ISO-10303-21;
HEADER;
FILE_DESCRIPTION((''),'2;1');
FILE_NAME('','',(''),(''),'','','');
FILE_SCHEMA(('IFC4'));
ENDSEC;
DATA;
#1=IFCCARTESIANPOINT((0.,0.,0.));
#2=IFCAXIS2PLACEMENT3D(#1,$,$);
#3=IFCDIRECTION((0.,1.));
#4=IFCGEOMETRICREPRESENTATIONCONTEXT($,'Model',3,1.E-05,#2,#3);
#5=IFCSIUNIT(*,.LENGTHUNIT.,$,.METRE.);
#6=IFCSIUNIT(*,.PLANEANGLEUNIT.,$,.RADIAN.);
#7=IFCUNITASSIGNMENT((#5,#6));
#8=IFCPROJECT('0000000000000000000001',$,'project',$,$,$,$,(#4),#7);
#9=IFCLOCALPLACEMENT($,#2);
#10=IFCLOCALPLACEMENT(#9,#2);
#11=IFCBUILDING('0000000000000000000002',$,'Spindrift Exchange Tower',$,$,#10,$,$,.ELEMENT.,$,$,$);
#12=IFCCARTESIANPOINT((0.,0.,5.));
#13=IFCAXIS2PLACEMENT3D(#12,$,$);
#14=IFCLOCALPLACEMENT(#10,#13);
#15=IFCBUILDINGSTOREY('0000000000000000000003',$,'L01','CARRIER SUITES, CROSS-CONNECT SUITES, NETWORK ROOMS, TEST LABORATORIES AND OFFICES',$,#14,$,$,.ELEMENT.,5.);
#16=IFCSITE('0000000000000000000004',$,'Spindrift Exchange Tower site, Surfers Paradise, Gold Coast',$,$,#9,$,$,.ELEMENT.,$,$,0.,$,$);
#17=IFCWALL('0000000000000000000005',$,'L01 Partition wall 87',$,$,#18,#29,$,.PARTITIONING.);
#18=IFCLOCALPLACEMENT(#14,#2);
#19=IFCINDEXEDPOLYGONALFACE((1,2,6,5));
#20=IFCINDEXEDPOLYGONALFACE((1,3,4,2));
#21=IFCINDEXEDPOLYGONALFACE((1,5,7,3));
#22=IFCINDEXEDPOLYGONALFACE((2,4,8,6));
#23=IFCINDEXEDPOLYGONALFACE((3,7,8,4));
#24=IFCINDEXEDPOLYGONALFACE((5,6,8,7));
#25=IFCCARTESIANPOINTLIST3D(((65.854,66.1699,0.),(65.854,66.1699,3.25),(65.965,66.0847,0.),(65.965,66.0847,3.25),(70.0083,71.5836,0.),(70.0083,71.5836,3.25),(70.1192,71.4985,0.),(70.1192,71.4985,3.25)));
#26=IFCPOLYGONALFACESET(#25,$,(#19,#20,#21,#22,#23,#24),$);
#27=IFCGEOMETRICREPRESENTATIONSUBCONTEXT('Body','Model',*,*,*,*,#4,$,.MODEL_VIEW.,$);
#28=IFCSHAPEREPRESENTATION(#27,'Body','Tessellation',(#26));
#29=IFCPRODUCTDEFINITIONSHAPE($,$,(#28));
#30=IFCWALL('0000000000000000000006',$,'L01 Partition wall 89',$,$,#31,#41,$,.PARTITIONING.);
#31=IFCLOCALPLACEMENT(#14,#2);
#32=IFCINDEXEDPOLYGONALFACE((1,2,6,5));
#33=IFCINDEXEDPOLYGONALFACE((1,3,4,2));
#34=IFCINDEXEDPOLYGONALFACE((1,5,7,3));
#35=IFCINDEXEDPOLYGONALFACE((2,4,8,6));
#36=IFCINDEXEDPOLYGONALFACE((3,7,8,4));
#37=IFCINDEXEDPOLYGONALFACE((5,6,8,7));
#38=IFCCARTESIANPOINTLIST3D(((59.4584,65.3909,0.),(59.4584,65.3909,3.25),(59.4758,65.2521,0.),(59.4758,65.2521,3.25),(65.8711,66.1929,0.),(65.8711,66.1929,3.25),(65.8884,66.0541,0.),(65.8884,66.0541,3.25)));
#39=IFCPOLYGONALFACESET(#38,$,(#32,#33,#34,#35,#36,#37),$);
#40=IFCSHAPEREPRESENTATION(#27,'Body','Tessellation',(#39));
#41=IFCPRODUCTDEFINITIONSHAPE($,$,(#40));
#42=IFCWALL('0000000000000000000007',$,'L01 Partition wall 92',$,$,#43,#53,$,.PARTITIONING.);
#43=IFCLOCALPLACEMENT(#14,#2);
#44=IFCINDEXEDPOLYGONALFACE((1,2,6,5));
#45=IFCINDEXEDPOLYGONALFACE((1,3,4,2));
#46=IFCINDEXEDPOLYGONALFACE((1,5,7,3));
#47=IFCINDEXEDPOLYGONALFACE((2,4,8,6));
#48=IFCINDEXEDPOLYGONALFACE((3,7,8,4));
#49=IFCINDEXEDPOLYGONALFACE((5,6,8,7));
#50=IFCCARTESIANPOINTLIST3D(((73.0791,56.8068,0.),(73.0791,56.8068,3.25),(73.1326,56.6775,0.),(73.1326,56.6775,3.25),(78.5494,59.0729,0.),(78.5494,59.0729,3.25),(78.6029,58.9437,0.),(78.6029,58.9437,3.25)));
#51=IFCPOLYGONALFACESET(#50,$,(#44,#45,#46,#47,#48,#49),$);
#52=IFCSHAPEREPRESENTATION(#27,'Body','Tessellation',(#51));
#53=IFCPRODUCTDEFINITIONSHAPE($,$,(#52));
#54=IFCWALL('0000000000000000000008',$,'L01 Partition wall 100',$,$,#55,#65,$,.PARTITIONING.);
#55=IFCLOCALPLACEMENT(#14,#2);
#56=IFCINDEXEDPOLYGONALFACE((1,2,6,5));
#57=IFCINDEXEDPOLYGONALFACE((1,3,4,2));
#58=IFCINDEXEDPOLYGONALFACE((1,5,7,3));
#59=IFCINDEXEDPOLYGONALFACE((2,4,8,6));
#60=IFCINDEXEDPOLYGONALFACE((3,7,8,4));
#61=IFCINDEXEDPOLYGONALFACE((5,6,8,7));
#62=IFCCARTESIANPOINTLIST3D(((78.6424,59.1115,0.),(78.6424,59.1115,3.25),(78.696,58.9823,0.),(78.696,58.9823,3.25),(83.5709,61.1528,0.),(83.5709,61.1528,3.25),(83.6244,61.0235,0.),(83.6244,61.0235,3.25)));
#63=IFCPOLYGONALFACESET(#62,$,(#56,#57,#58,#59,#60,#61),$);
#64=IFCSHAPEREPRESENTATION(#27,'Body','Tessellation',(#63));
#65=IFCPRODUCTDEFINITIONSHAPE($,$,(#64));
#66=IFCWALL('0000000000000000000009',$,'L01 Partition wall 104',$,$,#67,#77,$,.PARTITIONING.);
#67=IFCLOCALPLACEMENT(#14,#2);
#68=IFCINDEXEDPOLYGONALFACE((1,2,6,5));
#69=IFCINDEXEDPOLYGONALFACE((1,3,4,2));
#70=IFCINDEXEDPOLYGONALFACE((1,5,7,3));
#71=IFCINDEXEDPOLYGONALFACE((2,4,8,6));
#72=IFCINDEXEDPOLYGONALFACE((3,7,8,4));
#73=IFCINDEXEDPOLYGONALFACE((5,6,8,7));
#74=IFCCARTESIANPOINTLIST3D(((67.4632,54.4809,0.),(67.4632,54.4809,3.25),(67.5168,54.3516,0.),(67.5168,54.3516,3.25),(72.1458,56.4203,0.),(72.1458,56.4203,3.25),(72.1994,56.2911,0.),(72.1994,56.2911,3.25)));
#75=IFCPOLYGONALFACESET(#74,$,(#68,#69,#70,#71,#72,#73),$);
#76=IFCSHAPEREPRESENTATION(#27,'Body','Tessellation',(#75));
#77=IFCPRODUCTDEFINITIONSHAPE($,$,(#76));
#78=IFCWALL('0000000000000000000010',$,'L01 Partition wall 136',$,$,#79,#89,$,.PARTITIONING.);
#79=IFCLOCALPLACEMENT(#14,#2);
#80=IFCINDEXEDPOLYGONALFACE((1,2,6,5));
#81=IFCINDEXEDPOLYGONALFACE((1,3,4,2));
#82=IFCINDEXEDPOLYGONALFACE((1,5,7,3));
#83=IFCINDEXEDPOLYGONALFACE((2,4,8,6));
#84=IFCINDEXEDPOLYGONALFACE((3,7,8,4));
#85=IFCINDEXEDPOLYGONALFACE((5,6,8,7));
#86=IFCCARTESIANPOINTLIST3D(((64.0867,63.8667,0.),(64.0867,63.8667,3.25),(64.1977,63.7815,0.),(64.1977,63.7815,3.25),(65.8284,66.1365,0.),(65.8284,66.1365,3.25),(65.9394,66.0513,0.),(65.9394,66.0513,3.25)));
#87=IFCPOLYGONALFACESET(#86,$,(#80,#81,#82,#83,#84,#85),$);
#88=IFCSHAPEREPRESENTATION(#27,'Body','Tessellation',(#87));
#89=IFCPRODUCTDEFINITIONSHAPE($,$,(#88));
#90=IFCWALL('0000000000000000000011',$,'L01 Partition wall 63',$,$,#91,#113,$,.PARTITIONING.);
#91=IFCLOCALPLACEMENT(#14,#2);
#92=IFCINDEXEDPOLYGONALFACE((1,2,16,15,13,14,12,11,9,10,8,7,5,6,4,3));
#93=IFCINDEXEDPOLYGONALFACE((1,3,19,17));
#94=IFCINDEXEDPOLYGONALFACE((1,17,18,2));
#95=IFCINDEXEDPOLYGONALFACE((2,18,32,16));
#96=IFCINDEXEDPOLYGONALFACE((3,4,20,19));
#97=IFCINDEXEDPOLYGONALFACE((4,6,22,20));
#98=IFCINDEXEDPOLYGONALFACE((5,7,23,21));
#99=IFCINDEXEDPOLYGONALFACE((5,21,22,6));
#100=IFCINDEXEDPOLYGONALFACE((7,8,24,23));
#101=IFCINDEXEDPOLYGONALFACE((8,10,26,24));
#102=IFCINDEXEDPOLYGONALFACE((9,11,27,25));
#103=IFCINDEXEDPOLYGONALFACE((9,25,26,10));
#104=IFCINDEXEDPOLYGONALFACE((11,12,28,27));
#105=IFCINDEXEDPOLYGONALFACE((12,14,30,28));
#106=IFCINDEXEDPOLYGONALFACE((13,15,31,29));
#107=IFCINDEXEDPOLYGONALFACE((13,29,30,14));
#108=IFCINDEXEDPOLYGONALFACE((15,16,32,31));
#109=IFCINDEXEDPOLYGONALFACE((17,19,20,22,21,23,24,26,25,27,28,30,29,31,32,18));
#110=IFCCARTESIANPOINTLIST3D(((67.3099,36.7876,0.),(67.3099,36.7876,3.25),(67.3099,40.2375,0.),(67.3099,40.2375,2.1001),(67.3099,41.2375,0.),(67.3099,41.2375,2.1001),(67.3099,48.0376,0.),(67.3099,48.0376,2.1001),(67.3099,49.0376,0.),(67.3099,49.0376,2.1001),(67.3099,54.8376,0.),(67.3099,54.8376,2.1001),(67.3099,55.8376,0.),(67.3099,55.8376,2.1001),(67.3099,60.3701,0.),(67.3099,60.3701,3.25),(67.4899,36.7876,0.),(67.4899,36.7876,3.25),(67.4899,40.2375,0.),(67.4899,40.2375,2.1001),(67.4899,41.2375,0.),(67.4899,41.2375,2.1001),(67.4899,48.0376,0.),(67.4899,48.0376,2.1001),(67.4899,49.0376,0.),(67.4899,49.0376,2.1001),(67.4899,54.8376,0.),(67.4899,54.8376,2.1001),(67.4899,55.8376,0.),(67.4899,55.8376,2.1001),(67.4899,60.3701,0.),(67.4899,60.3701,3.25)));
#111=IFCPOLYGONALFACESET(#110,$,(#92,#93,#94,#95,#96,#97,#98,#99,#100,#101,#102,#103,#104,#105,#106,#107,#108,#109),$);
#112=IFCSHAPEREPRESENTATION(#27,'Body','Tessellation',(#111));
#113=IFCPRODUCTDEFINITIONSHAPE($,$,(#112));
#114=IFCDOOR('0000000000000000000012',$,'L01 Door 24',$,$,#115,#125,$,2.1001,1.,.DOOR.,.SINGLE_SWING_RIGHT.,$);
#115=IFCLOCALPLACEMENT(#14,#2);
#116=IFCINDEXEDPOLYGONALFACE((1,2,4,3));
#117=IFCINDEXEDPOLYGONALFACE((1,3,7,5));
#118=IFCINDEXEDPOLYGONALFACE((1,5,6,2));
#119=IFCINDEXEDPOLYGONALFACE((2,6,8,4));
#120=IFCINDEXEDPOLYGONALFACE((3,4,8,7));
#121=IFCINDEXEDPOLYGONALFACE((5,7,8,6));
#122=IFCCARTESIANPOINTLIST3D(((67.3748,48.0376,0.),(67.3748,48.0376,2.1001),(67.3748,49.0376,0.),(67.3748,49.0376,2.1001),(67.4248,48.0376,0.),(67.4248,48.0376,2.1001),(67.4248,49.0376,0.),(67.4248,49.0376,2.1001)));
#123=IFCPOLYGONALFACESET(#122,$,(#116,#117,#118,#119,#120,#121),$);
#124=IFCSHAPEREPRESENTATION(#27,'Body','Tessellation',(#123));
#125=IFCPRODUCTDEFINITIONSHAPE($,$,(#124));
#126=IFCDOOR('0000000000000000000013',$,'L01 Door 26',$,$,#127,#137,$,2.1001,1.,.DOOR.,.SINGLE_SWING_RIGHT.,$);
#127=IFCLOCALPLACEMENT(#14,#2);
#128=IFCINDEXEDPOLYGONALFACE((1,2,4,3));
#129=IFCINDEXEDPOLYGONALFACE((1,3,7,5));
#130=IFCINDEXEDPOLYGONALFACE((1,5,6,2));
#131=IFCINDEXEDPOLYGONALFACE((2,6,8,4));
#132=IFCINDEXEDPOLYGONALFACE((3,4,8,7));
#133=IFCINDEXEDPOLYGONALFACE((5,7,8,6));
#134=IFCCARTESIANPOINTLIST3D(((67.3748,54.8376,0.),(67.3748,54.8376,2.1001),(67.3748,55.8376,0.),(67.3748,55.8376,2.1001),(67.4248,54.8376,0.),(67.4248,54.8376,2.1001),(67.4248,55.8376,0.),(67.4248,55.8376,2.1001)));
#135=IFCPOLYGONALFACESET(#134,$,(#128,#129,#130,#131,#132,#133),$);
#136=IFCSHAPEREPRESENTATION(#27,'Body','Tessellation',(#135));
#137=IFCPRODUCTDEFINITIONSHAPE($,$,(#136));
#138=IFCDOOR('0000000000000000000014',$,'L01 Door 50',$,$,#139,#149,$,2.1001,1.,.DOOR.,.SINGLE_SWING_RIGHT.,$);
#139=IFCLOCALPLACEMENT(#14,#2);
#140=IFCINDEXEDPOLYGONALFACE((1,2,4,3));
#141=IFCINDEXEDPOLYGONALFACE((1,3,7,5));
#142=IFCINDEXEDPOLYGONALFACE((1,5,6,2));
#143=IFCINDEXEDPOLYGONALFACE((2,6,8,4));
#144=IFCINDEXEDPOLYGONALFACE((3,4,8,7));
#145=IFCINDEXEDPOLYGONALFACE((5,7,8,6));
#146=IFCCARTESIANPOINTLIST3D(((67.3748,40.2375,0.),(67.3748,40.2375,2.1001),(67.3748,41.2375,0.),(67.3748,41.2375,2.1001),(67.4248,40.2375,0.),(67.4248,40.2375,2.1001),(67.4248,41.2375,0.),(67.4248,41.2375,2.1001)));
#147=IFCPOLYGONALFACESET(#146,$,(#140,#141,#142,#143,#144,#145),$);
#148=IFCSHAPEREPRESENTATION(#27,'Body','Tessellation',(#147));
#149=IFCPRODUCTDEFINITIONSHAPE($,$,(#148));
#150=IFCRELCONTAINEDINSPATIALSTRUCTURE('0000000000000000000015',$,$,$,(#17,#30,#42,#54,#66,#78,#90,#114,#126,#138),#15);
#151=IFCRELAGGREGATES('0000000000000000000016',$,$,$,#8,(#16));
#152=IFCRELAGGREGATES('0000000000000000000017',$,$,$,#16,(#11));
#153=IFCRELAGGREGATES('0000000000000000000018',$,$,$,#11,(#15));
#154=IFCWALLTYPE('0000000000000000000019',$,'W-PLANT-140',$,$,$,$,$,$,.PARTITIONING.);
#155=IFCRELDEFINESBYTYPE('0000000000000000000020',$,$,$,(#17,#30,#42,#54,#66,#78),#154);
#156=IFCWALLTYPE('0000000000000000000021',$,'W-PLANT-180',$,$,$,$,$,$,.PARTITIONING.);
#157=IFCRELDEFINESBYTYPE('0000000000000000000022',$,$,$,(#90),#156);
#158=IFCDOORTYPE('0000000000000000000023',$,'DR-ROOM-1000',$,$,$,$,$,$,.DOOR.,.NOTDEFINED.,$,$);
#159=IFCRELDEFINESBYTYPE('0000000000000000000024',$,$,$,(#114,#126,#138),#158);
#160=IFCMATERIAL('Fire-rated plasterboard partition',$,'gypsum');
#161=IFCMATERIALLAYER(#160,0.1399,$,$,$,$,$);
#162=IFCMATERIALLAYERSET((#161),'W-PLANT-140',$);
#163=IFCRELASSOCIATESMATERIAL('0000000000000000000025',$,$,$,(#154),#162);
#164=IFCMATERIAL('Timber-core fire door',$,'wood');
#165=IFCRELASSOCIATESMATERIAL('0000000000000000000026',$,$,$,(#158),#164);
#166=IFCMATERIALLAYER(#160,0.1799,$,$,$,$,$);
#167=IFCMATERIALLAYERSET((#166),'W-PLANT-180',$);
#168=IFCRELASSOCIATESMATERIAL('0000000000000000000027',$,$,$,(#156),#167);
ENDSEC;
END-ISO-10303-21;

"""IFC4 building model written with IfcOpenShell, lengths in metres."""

from ifc_helpers import new_model, si_unit, direction, frame, frame_2d, origin, place, context, subcontext, project, spatial, rectangle, extrude, source, transform, mapped, material, layer, layer_set, type_object, element, fill, save


model = new_model("IFC4")

# Units and contexts
model_context = context("Model", 3, precision=1e-05, world=origin(), true_north=direction((0.0, 1.0)))
body_context = subcontext(model_context, "Body", "Model", "MODEL_VIEW")
ifc_project = project(units=[si_unit("LENGTHUNIT", "METRE"), si_unit("PLANEANGLEUNIT", "RADIAN")], contexts=[model_context])

# Site, building, storey
site_placement = place(None, origin())
site = spatial("IfcSite", under=ifc_project, at=site_placement, Name="Spindrift Exchange Tower site, Surfers Paradise, Gold Coast", CompositionType="ELEMENT", RefElevation=0.0)
building_placement = place(site_placement, origin())
building = spatial("IfcBuilding", under=site, at=building_placement, Name="Spindrift Exchange Tower", CompositionType="ELEMENT")
storey_placement = place(building_placement, frame((0.0, 0.0, 5.0)))
storey = spatial("IfcBuildingStorey", under=building, at=storey_placement, Name="L01", Description="CARRIER SUITES, CROSS-CONNECT SUITES, NETWORK ROOMS, TEST LABORATORIES AND OFFICES", CompositionType="ELEMENT", Elevation=5.0)

# Shared definitions
ifc_material_1 = material(Name="Fire-rated plasterboard partition", Category="gypsum")
ifc_layer_1 = layer(ifc_material_1, 0.1399)
ifc_layer_set_1 = layer_set([ifc_layer_1], Name="W-PLANT-140")
wall_type_1 = type_object("IfcWallType", Name="W-PLANT-140", PredefinedType="PARTITIONING", material=ifc_layer_set_1)
ifc_material_2 = material(Name="Timber-core fire door", Category="wood")
door_type = type_object("IfcDoorType", Name="DR-ROOM-1000", OperationType="NOTDEFINED", PredefinedType="DOOR", material=ifc_material_2)
shared_shape_1 = source(origin(), body_context, "Body", "SweptSolid", [
    extrude(rectangle(XDim=1.0, YDim=2.1001, at=frame_2d((0.5, 1.05))), frame((0.0, 0.0249, 0.0), z_axis=(0.0, -1.0, 0.0), x_axis=(1.0, 0.0, 0.0)), (0.0, 0.0, 1.0), 0.05),
])

# Walls
wall_1_placement = place(storey_placement, frame((65.9094, 66.1272, 0.0), z_axis=(0.0, 0.0, 1.0), x_axis=(0.608773, 0.793344, 0.0)))
element("IfcWall", 1, at=wall_1_placement, inside=storey, type_object=wall_type_1, Name="L01 Partition wall 87", PredefinedType="PARTITIONING", context=body_context, shape_type="SweptSolid", body=[
    extrude(rectangle(XDim=6.824, YDim=0.1399, at=frame_2d((3.4121, 0.0))), origin(), (0.0, 0.0, 1.0), 3.25),
])
wall_2_placement = place(storey_placement, frame((65.8799, 66.1235, 0.0), z_axis=(0.0, 0.0, 1.0), x_axis=(-0.99227, -0.1241, 0.0)))
element("IfcWall", 2, at=wall_2_placement, inside=storey, type_object=wall_type_1, Name="L01 Partition wall 89", PredefinedType="PARTITIONING", context=body_context, shape_type="SweptSolid", body=[
    extrude(rectangle(XDim=6.4626, YDim=0.1399, at=frame_2d((3.2314, 0.0))), origin(), (0.0, 0.0, 1.0), 3.25),
])
wall_3_placement = place(storey_placement, frame((73.106, 56.7422, 0.0), z_axis=(0.0, 0.0, 1.0), x_axis=(0.923863, 0.382723, 0.0)))
element("IfcWall", 3, at=wall_3_placement, inside=storey, type_object=wall_type_1, Name="L01 Partition wall 92", PredefinedType="PARTITIONING", context=body_context, shape_type="SweptSolid", body=[
    extrude(rectangle(XDim=5.9211, YDim=0.1399, at=frame_2d((2.9604, 0.0))), origin(), (0.0, 0.0, 1.0), 3.25),
])
wall_4_placement = place(storey_placement, frame((78.6692, 59.0469, 0.0), z_axis=(0.0, 0.0, 1.0), x_axis=(0.923891, 0.382655, 0.0)))
element("IfcWall", 4, at=wall_4_placement, inside=storey, type_object=wall_type_1, Name="L01 Partition wall 100", PredefinedType="PARTITIONING", context=body_context, shape_type="SweptSolid", body=[
    extrude(rectangle(XDim=5.3345, YDim=0.1399, at=frame_2d((2.6672, 0.0))), origin(), (0.0, 0.0, 1.0), 3.25),
])
wall_5_placement = place(storey_placement, frame((67.49, 54.4163, 0.0), z_axis=(0.0, 0.0, 1.0), x_axis=(0.92389, 0.382658, 0.0)))
element("IfcWall", 5, at=wall_5_placement, inside=storey, type_object=wall_type_1, Name="L01 Partition wall 104", PredefinedType="PARTITIONING", context=body_context, shape_type="SweptSolid", body=[
    extrude(rectangle(XDim=5.0684, YDim=0.1399, at=frame_2d((2.5342, 0.0))), origin(), (0.0, 0.0, 1.0), 3.25),
])
wall_6_placement = place(storey_placement, frame((64.1421, 63.824, 0.0), z_axis=(0.0, 0.0, 1.0), x_axis=(0.60877, 0.793347, 0.0)))
element("IfcWall", 6, at=wall_6_placement, inside=storey, type_object=wall_type_1, Name="L01 Partition wall 136", PredefinedType="PARTITIONING", context=body_context, shape_type="SweptSolid", body=[
    extrude(rectangle(XDim=2.8611, YDim=0.1399, at=frame_2d((1.4307, 0.0))), origin(), (0.0, 0.0, 1.0), 3.25),
])

# Wall, openings, doors
ifc_layer_2 = layer(ifc_material_1, 0.1799)
ifc_layer_set_2 = layer_set([ifc_layer_2], Name="W-PLANT-180")
wall_type_2 = type_object("IfcWallType", Name="W-PLANT-180", PredefinedType="PARTITIONING", material=ifc_layer_set_2)
wall_7_placement = place(storey_placement, frame((67.3999, 60.3701, 0.0), z_axis=(0.0, 0.0, 1.0), x_axis=(0.0, -1.0, 0.0)))
wall_7 = element("IfcWall", 7, at=wall_7_placement, inside=storey, type_object=wall_type_2, Name="L01 Partition wall 63", PredefinedType="PARTITIONING", context=body_context, shape_type="SweptSolid", body=[
    extrude(rectangle(XDim=23.5825, YDim=0.1799, at=frame_2d((11.7913, 0.0))), origin(), (0.0, 0.0, 1.0), 3.25),
])
opening_1_placement = place(wall_7_placement, frame((11.3325, 0.0, 0.0)))
opening_1 = element("IfcOpeningElement", 8, at=opening_1_placement, cuts=wall_7, PredefinedType="OPENING", context=body_context, shape_type="SweptSolid", body=[
    extrude(rectangle(XDim=1.0, YDim=2.1001, at=frame_2d((0.5, 1.05))), frame((0.0, 0.0999, 0.0), z_axis=(0.0, -1.0, 0.0), x_axis=(1.0, 0.0, 0.0)), (0.0, 0.0, 1.0), 0.2),
])
opening_2_placement = place(wall_7_placement, frame((4.5325, 0.0, 0.0)))
opening_2 = element("IfcOpeningElement", 9, at=opening_2_placement, cuts=wall_7, PredefinedType="OPENING", context=body_context, shape_type="SweptSolid", body=[
    extrude(rectangle(XDim=1.0, YDim=2.1001, at=frame_2d((0.5, 1.05))), frame((0.0, 0.0999, 0.0), z_axis=(0.0, -1.0, 0.0), x_axis=(1.0, 0.0, 0.0)), (0.0, 0.0, 1.0), 0.2),
])
opening_3_placement = place(wall_7_placement, frame((19.1326, 0.0, 0.0)))
opening_3 = element("IfcOpeningElement", 10, at=opening_3_placement, cuts=wall_7, PredefinedType="OPENING", context=body_context, shape_type="SweptSolid", body=[
    extrude(rectangle(XDim=1.0, YDim=2.1001, at=frame_2d((0.5, 1.05))), frame((0.0, 0.0999, 0.0), z_axis=(0.0, -1.0, 0.0), x_axis=(1.0, 0.0, 0.0)), (0.0, 0.0, 1.0), 0.2),
])
door_1_placement = place(opening_1_placement, origin())
door_1 = element("IfcDoor", 11, at=door_1_placement, inside=storey, type_object=door_type, Name="L01 Door 24", OperationType="SINGLE_SWING_RIGHT", OverallHeight=2.1001, OverallWidth=1.0, PredefinedType="DOOR", context=body_context, shape_type="MappedRepresentation", body=[
    mapped(shared_shape_1, transform((0.0, 0.0, 0.0), scale=1.0)),
])
fill(opening_1, door_1)
door_2_placement = place(opening_2_placement, origin())
door_2 = element("IfcDoor", 12, at=door_2_placement, inside=storey, type_object=door_type, Name="L01 Door 26", OperationType="SINGLE_SWING_RIGHT", OverallHeight=2.1001, OverallWidth=1.0, PredefinedType="DOOR", context=body_context, shape_type="MappedRepresentation", body=[
    mapped(shared_shape_1, transform((0.0, 0.0, 0.0), scale=1.0)),
])
fill(opening_2, door_2)
door_3_placement = place(opening_3_placement, origin())
door_3 = element("IfcDoor", 13, at=door_3_placement, inside=storey, type_object=door_type, Name="L01 Door 50", OperationType="SINGLE_SWING_RIGHT", OverallHeight=2.1001, OverallWidth=1.0, PredefinedType="DOOR", context=body_context, shape_type="MappedRepresentation", body=[
    mapped(shared_shape_1, transform((0.0, 0.0, 0.0), scale=1.0)),
])
fill(opening_3, door_3)

save(model, "model.ifc")
